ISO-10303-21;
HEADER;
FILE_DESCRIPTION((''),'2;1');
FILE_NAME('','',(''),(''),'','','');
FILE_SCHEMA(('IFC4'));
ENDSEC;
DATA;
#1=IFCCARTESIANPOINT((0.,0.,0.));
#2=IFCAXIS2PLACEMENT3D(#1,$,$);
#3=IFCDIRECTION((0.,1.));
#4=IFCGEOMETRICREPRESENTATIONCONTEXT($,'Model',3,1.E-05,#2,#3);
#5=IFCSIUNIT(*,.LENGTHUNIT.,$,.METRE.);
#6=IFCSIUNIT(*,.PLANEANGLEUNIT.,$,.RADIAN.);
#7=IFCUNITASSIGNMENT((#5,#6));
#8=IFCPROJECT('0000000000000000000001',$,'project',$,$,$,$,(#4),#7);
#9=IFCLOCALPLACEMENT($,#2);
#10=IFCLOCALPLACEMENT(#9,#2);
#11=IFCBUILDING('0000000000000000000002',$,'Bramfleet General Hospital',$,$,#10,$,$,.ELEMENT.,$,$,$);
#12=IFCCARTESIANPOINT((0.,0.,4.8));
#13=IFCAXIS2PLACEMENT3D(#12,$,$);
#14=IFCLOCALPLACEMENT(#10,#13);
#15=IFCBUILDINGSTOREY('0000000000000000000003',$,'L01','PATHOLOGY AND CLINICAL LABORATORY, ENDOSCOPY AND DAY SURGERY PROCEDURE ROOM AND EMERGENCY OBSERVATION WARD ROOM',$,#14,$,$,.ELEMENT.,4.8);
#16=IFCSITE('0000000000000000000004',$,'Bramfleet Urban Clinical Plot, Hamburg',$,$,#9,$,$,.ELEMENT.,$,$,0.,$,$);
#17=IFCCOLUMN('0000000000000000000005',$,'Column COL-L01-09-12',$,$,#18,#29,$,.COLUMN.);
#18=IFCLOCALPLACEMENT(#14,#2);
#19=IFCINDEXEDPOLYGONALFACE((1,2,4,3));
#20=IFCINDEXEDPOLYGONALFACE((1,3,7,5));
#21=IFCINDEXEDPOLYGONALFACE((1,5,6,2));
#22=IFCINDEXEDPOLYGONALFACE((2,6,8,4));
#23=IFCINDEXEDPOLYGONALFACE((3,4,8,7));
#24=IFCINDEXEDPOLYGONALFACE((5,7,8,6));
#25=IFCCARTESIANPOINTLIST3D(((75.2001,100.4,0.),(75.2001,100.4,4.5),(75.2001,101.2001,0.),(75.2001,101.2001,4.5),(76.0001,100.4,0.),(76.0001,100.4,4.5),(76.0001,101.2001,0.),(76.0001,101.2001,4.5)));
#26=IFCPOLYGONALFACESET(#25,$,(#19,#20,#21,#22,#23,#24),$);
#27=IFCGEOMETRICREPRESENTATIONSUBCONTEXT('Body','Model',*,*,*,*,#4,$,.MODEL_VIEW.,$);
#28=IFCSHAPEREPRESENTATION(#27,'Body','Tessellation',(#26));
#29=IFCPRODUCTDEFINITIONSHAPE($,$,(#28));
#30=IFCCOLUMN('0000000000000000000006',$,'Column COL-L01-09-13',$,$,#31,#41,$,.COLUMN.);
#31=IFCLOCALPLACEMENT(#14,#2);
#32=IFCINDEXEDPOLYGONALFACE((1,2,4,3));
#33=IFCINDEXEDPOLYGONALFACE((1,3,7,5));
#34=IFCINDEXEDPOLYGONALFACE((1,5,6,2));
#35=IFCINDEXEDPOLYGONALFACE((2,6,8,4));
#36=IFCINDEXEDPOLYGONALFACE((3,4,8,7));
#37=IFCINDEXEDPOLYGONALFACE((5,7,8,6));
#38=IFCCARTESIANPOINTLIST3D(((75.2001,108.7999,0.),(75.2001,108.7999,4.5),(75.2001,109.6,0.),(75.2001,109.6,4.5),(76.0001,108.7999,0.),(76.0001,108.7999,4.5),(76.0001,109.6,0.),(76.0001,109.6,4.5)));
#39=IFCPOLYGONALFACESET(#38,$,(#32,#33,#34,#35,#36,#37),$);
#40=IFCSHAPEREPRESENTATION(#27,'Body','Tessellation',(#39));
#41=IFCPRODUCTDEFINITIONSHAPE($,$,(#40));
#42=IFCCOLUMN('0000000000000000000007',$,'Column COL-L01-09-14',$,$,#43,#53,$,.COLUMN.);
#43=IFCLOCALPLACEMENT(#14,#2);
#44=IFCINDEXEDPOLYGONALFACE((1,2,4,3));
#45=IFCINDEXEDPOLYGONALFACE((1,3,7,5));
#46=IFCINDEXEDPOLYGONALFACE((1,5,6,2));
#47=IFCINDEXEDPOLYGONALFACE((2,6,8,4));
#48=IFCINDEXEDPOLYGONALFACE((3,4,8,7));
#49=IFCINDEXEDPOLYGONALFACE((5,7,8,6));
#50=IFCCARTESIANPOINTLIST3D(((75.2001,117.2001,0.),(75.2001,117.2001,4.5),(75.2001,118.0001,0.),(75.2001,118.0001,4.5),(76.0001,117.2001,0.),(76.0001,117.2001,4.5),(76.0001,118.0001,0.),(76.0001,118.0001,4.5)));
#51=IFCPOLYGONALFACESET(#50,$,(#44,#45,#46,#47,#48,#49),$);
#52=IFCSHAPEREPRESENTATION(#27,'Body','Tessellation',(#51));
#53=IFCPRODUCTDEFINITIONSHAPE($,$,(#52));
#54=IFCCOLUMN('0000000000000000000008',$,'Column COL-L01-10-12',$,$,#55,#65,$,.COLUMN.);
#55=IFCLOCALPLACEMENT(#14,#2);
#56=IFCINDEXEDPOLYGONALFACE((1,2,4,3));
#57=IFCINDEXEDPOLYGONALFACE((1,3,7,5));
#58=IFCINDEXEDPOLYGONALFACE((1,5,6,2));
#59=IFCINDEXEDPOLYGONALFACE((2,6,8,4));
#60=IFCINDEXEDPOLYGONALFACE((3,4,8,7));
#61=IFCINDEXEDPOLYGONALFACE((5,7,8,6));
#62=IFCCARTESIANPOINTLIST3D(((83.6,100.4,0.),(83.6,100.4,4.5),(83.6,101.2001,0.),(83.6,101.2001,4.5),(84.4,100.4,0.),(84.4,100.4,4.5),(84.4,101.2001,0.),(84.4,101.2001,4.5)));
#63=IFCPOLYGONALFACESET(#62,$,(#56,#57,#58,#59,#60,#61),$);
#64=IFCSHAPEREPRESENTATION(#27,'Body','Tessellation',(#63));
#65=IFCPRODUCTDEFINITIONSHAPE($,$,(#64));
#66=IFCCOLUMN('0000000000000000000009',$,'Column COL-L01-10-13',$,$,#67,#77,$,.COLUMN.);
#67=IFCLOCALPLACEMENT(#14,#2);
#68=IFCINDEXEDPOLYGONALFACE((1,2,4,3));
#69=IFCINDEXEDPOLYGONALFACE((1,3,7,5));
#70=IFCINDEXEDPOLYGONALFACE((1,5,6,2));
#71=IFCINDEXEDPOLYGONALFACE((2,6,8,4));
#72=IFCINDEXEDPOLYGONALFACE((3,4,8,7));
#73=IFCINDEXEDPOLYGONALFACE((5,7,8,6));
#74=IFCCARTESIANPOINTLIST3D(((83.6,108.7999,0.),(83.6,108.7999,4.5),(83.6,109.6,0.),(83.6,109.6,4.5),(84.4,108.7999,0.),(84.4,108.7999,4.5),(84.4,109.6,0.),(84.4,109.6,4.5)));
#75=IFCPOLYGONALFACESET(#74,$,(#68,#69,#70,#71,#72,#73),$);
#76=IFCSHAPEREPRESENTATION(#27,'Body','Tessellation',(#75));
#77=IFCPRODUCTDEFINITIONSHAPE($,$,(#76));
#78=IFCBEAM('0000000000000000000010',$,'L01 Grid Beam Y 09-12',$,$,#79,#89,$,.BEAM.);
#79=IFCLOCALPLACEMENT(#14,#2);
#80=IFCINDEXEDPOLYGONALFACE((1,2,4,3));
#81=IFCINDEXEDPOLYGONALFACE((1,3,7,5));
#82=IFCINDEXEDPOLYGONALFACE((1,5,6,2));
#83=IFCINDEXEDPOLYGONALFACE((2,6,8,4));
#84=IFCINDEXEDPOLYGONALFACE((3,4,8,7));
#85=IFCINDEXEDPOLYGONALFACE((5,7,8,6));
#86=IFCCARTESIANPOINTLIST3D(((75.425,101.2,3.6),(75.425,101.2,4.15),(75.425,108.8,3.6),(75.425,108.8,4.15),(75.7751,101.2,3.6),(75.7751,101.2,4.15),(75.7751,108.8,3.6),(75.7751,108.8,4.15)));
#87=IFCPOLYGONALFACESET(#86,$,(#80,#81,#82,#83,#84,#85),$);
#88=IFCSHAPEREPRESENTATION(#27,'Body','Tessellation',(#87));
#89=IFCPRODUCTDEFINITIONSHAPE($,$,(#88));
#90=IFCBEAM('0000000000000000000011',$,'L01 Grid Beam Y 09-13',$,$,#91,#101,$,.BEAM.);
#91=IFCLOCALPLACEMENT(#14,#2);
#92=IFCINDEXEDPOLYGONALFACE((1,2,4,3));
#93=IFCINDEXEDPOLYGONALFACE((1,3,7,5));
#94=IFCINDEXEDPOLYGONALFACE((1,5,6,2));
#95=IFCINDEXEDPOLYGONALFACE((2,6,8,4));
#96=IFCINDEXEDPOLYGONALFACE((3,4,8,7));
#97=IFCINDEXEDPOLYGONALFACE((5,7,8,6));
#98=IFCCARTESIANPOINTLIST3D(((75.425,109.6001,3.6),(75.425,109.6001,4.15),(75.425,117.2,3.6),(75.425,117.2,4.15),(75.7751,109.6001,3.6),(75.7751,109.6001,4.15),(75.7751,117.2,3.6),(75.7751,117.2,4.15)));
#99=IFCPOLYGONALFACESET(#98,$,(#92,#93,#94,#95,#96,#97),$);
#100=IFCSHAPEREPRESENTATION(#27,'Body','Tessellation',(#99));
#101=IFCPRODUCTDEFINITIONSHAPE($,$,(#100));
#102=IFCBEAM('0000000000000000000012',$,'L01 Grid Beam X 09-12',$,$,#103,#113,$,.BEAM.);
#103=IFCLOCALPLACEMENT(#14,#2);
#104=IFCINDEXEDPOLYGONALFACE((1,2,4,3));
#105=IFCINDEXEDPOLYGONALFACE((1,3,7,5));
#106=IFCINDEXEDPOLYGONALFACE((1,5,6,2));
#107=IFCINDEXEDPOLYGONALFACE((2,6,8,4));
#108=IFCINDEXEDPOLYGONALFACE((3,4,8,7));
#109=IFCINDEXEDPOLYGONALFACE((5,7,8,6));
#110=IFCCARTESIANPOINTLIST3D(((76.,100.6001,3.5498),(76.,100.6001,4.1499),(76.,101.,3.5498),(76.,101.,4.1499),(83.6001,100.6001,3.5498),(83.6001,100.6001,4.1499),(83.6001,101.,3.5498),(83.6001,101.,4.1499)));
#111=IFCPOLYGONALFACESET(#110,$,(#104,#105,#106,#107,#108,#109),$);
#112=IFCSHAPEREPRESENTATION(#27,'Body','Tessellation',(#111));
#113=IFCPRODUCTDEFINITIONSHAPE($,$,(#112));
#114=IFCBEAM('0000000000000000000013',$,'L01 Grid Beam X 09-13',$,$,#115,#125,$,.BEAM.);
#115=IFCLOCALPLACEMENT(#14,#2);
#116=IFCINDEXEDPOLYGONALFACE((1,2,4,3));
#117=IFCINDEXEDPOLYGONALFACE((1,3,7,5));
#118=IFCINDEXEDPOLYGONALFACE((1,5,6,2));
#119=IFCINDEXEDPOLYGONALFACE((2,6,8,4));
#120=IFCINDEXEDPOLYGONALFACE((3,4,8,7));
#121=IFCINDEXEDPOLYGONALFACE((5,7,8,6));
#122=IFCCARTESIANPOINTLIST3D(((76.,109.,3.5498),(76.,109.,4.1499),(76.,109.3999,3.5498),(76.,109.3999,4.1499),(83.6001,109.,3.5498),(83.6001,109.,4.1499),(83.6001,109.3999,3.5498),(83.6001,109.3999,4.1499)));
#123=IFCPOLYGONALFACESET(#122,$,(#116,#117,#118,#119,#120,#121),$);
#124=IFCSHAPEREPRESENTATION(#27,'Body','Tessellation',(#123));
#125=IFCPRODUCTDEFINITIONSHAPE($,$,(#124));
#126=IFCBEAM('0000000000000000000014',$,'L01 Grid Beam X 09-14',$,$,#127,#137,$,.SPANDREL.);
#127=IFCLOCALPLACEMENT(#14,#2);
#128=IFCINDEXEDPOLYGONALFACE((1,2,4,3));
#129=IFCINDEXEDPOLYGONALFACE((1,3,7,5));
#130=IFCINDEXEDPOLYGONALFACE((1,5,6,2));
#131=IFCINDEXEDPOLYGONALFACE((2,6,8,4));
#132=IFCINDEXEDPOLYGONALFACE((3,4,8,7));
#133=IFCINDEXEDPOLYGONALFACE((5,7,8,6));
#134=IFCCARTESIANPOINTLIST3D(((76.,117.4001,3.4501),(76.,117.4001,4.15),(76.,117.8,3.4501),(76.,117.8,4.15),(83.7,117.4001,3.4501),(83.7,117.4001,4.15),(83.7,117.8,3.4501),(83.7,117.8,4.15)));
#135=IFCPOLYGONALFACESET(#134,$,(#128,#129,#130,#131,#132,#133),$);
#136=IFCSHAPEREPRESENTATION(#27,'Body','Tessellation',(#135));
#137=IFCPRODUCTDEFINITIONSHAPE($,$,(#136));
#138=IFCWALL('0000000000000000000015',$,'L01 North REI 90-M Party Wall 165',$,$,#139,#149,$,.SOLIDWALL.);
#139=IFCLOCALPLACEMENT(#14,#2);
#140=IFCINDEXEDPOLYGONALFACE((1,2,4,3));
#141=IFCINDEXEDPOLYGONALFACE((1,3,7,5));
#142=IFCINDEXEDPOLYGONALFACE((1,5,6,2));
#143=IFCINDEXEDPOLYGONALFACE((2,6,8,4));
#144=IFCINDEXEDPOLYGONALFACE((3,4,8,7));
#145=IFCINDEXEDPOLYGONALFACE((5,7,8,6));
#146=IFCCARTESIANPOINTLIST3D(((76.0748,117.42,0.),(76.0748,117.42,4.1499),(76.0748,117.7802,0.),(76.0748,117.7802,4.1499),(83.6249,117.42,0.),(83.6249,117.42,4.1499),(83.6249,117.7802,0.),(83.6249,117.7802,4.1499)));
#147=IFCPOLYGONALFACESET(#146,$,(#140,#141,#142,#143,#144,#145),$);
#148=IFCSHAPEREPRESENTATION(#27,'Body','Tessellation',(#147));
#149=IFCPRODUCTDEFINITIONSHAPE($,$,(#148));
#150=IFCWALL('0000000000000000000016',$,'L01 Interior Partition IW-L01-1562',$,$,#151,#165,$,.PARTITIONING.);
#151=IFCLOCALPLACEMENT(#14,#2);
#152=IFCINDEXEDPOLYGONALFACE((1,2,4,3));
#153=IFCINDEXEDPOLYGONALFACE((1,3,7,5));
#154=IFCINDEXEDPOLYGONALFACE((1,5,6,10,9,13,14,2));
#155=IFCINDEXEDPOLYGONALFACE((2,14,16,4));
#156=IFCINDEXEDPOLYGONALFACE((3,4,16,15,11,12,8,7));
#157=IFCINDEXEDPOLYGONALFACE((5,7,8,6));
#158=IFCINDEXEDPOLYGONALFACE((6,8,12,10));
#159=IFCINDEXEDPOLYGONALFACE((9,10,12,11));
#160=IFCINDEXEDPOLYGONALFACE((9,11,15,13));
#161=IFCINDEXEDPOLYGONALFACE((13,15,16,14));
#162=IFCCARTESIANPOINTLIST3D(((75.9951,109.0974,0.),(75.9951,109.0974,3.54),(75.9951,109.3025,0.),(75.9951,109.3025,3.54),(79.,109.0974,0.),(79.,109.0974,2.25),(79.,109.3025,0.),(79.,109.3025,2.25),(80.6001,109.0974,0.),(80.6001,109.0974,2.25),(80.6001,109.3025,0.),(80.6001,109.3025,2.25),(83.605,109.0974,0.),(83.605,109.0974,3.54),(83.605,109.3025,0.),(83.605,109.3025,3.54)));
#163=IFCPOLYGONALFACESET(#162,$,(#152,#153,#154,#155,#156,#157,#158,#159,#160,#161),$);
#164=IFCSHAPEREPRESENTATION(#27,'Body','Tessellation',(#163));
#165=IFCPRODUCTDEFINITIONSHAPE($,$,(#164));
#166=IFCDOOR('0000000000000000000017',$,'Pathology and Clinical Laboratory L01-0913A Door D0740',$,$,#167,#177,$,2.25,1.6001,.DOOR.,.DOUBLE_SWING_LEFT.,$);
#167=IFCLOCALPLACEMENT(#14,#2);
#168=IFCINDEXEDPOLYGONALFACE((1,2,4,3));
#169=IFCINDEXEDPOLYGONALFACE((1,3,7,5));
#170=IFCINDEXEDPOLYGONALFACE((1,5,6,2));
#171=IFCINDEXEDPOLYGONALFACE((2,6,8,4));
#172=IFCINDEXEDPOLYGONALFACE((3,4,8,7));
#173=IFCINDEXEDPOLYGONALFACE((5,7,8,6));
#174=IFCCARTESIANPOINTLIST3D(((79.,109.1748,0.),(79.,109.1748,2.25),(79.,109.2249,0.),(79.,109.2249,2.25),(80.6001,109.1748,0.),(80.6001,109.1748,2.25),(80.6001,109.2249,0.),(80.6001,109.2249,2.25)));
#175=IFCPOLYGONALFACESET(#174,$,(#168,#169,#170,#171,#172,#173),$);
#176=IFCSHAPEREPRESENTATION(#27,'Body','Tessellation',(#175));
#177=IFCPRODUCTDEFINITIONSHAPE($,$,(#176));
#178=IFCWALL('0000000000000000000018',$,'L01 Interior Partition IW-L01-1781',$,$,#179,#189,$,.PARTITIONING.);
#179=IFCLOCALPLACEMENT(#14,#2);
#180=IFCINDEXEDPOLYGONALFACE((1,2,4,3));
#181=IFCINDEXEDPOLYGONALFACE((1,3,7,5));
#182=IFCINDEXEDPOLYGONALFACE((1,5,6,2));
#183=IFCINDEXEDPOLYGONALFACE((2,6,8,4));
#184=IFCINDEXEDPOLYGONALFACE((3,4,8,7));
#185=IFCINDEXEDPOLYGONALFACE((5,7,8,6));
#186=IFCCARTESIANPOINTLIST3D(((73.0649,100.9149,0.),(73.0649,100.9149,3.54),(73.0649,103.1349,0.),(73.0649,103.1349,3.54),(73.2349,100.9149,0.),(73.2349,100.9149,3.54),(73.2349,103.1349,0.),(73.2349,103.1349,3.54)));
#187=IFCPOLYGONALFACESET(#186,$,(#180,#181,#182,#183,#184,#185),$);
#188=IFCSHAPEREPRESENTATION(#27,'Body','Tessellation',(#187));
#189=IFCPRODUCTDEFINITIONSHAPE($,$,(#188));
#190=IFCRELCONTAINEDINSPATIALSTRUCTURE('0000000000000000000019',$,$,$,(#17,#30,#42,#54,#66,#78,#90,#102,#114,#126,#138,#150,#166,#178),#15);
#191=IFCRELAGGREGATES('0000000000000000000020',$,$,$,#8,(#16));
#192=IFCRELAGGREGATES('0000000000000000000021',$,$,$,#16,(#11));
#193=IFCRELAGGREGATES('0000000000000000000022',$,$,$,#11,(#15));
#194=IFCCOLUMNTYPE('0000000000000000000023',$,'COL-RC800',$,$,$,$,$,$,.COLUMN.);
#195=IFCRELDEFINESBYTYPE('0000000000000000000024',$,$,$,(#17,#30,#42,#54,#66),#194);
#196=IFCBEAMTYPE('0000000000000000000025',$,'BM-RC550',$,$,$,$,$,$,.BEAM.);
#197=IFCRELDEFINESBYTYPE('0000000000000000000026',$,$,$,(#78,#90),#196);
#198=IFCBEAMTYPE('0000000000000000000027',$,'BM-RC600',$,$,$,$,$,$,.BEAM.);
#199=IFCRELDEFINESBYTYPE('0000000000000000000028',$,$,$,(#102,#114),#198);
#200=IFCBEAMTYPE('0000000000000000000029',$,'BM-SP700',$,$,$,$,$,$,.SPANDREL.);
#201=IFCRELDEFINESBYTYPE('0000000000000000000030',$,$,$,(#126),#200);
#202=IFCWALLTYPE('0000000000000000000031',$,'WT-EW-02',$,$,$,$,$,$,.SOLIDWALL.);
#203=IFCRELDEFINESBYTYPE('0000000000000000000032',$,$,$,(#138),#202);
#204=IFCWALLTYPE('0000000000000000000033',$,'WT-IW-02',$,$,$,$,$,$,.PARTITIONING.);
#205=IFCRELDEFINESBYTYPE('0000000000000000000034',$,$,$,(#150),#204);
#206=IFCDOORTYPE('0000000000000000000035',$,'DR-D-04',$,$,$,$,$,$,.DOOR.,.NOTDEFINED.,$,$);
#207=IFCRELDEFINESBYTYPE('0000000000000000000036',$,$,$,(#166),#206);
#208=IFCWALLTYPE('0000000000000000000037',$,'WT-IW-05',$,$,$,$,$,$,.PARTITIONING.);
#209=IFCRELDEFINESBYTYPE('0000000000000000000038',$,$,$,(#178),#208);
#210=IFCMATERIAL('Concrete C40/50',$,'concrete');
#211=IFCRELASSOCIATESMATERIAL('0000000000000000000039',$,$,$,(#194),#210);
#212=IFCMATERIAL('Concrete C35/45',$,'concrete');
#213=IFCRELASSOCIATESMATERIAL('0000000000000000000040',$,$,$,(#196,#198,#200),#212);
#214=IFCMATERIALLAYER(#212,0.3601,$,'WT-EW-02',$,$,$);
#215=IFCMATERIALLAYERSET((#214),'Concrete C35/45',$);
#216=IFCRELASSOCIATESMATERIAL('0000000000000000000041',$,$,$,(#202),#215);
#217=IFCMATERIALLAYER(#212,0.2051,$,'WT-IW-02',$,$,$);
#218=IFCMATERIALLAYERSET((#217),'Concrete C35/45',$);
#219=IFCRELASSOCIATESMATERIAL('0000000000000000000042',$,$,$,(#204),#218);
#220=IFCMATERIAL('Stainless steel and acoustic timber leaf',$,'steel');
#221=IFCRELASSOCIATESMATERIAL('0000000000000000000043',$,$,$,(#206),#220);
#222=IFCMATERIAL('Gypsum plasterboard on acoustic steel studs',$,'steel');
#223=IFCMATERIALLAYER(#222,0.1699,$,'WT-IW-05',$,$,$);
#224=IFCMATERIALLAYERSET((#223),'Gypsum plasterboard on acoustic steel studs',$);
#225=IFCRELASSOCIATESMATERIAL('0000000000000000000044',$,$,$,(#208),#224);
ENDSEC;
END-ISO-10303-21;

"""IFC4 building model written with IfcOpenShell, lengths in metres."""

from ifc_helpers import new_model, si_unit, direction, frame, frame_2d, origin, origin_2d, place, context, subcontext, project, spatial, rectangle, extrude, material, layer, layer_set, material_profile, profile_set, type_object, element, fill, save


model = new_model("IFC4")

# Units and contexts
model_context = context("Model", 3, precision=1e-05, world=origin(), true_north=direction((0.0, 1.0)))
body_context = subcontext(model_context, "Body", "Model", "MODEL_VIEW")
ifc_project = project(units=[si_unit("LENGTHUNIT", "METRE"), si_unit("PLANEANGLEUNIT", "RADIAN")], contexts=[model_context])

# Site, building, storey
site_placement = place(None, origin())
site = spatial("IfcSite", under=ifc_project, at=site_placement, Name="Bramfleet Urban Clinical Plot, Hamburg", CompositionType="ELEMENT", RefElevation=0.0)
building_placement = place(site_placement, origin())
building = spatial("IfcBuilding", under=site, at=building_placement, Name="Bramfleet General Hospital", CompositionType="ELEMENT")
storey_placement = place(building_placement, frame((0.0, 0.0, 4.8)))
storey = spatial("IfcBuildingStorey", under=building, at=storey_placement, Name="L01", Description="PATHOLOGY AND CLINICAL LABORATORY, ENDOSCOPY AND DAY SURGERY PROCEDURE ROOM AND EMERGENCY OBSERVATION WARD ROOM", CompositionType="ELEMENT", Elevation=4.8)

# Columns
ifc_material_1 = material(Name="Concrete C40/50", Category="concrete")
ifc_material_profile_1 = material_profile(ifc_material_1, rectangle(XDim=0.8, YDim=0.8, at=origin_2d()), Name="RC COL 800x800")
ifc_profile_set_1 = profile_set([ifc_material_profile_1], Name="Concrete C40/50")
column_type = type_object("IfcColumnType", Name="COL-RC800", PredefinedType="COLUMN", material=ifc_profile_set_1)
for number, where, z_axis, x_axis, name in (
    (1, (75.6001, 100.8, 0.0), (0.0, 0.0, 1.0), (1.0, 0.0, 0.0), "Column COL-L01-09-12"),
    (2, (75.6001, 109.2, 0.0), (0.0, 0.0, 1.0), (1.0, 0.0, 0.0), "Column COL-L01-09-13"),
    (3, (75.6001, 117.6001, 0.0), (0.0, 0.0, 1.0), (1.0, 0.0, 0.0), "Column COL-L01-09-14"),
    (4, (84.0, 100.8, 0.0), (0.0, 0.0, 1.0), (1.0, 0.0, 0.0), "Column COL-L01-10-12"),
    (5, (84.0, 109.2, 0.0), (0.0, 0.0, 1.0), (1.0, 0.0, 0.0), "Column COL-L01-10-13"),
):
    element("IfcColumn", number, at=place(storey_placement, frame(where, z_axis=z_axis, x_axis=x_axis)), inside=storey, type_object=column_type, Name=name, PredefinedType="COLUMN", context=body_context, shape_type="SweptSolid", body=[
        extrude(rectangle(XDim=0.8, YDim=0.8, at=origin_2d()), origin(), (0.0, 0.0, 1.0), 4.5),
    ])

# Beams
ifc_material_2 = material(Name="Concrete C35/45", Category="concrete")
ifc_material_profile_2 = material_profile(ifc_material_2, rectangle(XDim=0.3501, YDim=0.55, at=origin_2d()), Name="RC BM 550x350")
ifc_profile_set_2 = profile_set([ifc_material_profile_2], Name="Concrete C35/45")
beam_type_1 = type_object("IfcBeamType", Name="BM-RC550", PredefinedType="BEAM", material=ifc_profile_set_2)
beam_1_placement = place(storey_placement, frame((75.6001, 101.2, 3.875), z_axis=(0.0, 1.0, 0.0), x_axis=(-1.0, 0.0, 0.0)))
element("IfcBeam", 6, at=beam_1_placement, inside=storey, type_object=beam_type_1, Name="L01 Grid Beam Y 09-12", PredefinedType="BEAM", context=body_context, shape_type="SweptSolid", body=[
    extrude(rectangle(XDim=0.3501, YDim=0.55, at=origin_2d()), origin(), (0.0, 0.0, 1.0), 7.6001),
])
beam_2_placement = place(storey_placement, frame((75.6001, 109.6001, 3.875), z_axis=(0.0, 1.0, 0.0), x_axis=(-1.0, 0.0, 0.0)))
element("IfcBeam", 7, at=beam_2_placement, inside=storey, type_object=beam_type_1, Name="L01 Grid Beam Y 09-13", PredefinedType="BEAM", context=body_context, shape_type="SweptSolid", body=[
    extrude(rectangle(XDim=0.3501, YDim=0.55, at=origin_2d()), origin(), (0.0, 0.0, 1.0), 7.5999),
])
ifc_material_profile_3 = material_profile(ifc_material_2, rectangle(XDim=0.3999, YDim=0.6001, at=origin_2d()), Name="RC BM 600x400")
ifc_profile_set_3 = profile_set([ifc_material_profile_3], Name="Concrete C35/45")
beam_type_2 = type_object("IfcBeamType", Name="BM-RC600", PredefinedType="BEAM", material=ifc_profile_set_3)
for number, where, z_axis, x_axis, name in (
    (8, (76.0, 100.8, 3.8499), (1.0, 0.0, 0.0), (0.0, 1.0, 0.0), "L01 Grid Beam X 09-12"),
    (9, (76.0, 109.2, 3.8499), (1.0, 0.0, 0.0), (0.0, 1.0, 0.0), "L01 Grid Beam X 09-13"),
):
    element("IfcBeam", number, at=place(storey_placement, frame(where, z_axis=z_axis, x_axis=x_axis)), inside=storey, type_object=beam_type_2, Name=name, PredefinedType="BEAM", context=body_context, shape_type="SweptSolid", body=[
        extrude(rectangle(XDim=0.3999, YDim=0.6001, at=origin_2d()), origin(), (0.0, 0.0, 1.0), 7.6001),
    ])
ifc_material_profile_4 = material_profile(ifc_material_2, rectangle(XDim=0.3999, YDim=0.7, at=origin_2d()), Name="RC SP 700x400")
ifc_profile_set_4 = profile_set([ifc_material_profile_4], Name="Concrete C35/45")
beam_type_3 = type_object("IfcBeamType", Name="BM-SP700", PredefinedType="SPANDREL", material=ifc_profile_set_4)
beam_3_placement = place(storey_placement, frame((76.0, 117.6001, 3.8), z_axis=(1.0, 0.0, 0.0), x_axis=(0.0, 1.0, 0.0)))
element("IfcBeam", 10, at=beam_3_placement, inside=storey, type_object=beam_type_3, Name="L01 Grid Beam X 09-14", PredefinedType="SPANDREL", context=body_context, shape_type="SweptSolid", body=[
    extrude(rectangle(XDim=0.3999, YDim=0.7, at=origin_2d()), origin(), (0.0, 0.0, 1.0), 7.7),
])

# Wall
ifc_layer_1 = layer(ifc_material_2, 0.3601, Name="WT-EW-02")
ifc_layer_set_1 = layer_set([ifc_layer_1], Name="Concrete C35/45")
wall_type_1 = type_object("IfcWallType", Name="WT-EW-02", PredefinedType="SOLIDWALL", material=ifc_layer_set_1)
wall_1_placement = place(storey_placement, frame((76.075, 117.6001, 0.0), z_axis=(0.0, 0.0, 1.0), x_axis=(1.0, 0.0, 0.0)))
element("IfcWall", 11, at=wall_1_placement, inside=storey, type_object=wall_type_1, Name="L01 North REI 90-M Party Wall 165", PredefinedType="SOLIDWALL", context=body_context, shape_type="SweptSolid", body=[
    extrude(rectangle(XDim=7.55, YDim=0.3601, at=frame_2d((3.7749, 0.0))), origin(), (0.0, 0.0, 1.0), 4.1499),
])

# Wall, opening, door
ifc_layer_2 = layer(ifc_material_2, 0.2051, Name="WT-IW-02")
ifc_layer_set_2 = layer_set([ifc_layer_2], Name="Concrete C35/45")
wall_type_2 = type_object("IfcWallType", Name="WT-IW-02", PredefinedType="PARTITIONING", material=ifc_layer_set_2)
wall_2_placement = place(storey_placement, frame((75.9951, 109.2, 0.0), z_axis=(0.0, 0.0, 1.0), x_axis=(1.0, 0.0, 0.0)))
wall_2 = element("IfcWall", 12, at=wall_2_placement, inside=storey, type_object=wall_type_2, Name="L01 Interior Partition IW-L01-1562", PredefinedType="PARTITIONING", context=body_context, shape_type="SweptSolid", body=[
    extrude(rectangle(XDim=7.6099, YDim=0.2051, at=frame_2d((3.8049, 0.0))), origin(), (0.0, 0.0, 1.0), 3.54),
])
opening_1_placement = place(wall_2_placement, frame((3.0049, 0.0, 0.0)))
opening_1 = element("IfcOpeningElement", 13, at=opening_1_placement, cuts=wall_2, PredefinedType="OPENING", context=body_context, shape_type="SweptSolid", body=[
    extrude(rectangle(XDim=1.6001, YDim=2.25, at=frame_2d((0.8, 1.125))), frame((0.0, 0.1125, 0.0), z_axis=(0.0, -1.0, 0.0), x_axis=(1.0, 0.0, 0.0)), (0.0, 0.0, 1.0), 0.2251),
])
ifc_material_3 = material(Name="Stainless steel and acoustic timber leaf", Category="steel")
door_type_1 = type_object("IfcDoorType", Name="DR-D-04", OperationType="NOTDEFINED", PredefinedType="DOOR", material=ifc_material_3)
door_1_placement = place(opening_1_placement, origin())
door_1 = element("IfcDoor", 14, at=door_1_placement, inside=storey, type_object=door_type_1, Name="Pathology and Clinical Laboratory L01-0913A Door D0740", OperationType="DOUBLE_SWING_LEFT", OverallHeight=2.25, OverallWidth=1.6001, PredefinedType="DOOR", context=body_context, shape_type="SweptSolid", body=[
    extrude(rectangle(XDim=1.6001, YDim=2.25, at=frame_2d((0.8, 1.125))), frame((0.0, 0.0249, 0.0), z_axis=(0.0, -1.0, 0.0), x_axis=(1.0, 0.0, 0.0)), (0.0, 0.0, 1.0), 0.05),
])
fill(opening_1, door_1)

# Wall
ifc_material_4 = material(Name="Gypsum plasterboard on acoustic steel studs", Category="steel")
ifc_layer_3 = layer(ifc_material_4, 0.1699, Name="WT-IW-05")
ifc_layer_set_3 = layer_set([ifc_layer_3], Name="Gypsum plasterboard on acoustic steel studs")
wall_type_3 = type_object("IfcWallType", Name="WT-IW-05", PredefinedType="PARTITIONING", material=ifc_layer_set_3)
wall_3_placement = place(storey_placement, frame((73.1499, 100.915, 0.0), z_axis=(0.0, 0.0, 1.0), x_axis=(0.0, 1.0, 0.0)))
element("IfcWall", 15, at=wall_3_placement, inside=storey, type_object=wall_type_3, Name="L01 Interior Partition IW-L01-1781", PredefinedType="PARTITIONING", context=body_context, shape_type="SweptSolid", body=[
    extrude(rectangle(XDim=2.22, YDim=0.1699, at=frame_2d((1.1099, 0.0))), origin(), (0.0, 0.0, 1.0), 3.54),
])

save(model, "model.ifc")
